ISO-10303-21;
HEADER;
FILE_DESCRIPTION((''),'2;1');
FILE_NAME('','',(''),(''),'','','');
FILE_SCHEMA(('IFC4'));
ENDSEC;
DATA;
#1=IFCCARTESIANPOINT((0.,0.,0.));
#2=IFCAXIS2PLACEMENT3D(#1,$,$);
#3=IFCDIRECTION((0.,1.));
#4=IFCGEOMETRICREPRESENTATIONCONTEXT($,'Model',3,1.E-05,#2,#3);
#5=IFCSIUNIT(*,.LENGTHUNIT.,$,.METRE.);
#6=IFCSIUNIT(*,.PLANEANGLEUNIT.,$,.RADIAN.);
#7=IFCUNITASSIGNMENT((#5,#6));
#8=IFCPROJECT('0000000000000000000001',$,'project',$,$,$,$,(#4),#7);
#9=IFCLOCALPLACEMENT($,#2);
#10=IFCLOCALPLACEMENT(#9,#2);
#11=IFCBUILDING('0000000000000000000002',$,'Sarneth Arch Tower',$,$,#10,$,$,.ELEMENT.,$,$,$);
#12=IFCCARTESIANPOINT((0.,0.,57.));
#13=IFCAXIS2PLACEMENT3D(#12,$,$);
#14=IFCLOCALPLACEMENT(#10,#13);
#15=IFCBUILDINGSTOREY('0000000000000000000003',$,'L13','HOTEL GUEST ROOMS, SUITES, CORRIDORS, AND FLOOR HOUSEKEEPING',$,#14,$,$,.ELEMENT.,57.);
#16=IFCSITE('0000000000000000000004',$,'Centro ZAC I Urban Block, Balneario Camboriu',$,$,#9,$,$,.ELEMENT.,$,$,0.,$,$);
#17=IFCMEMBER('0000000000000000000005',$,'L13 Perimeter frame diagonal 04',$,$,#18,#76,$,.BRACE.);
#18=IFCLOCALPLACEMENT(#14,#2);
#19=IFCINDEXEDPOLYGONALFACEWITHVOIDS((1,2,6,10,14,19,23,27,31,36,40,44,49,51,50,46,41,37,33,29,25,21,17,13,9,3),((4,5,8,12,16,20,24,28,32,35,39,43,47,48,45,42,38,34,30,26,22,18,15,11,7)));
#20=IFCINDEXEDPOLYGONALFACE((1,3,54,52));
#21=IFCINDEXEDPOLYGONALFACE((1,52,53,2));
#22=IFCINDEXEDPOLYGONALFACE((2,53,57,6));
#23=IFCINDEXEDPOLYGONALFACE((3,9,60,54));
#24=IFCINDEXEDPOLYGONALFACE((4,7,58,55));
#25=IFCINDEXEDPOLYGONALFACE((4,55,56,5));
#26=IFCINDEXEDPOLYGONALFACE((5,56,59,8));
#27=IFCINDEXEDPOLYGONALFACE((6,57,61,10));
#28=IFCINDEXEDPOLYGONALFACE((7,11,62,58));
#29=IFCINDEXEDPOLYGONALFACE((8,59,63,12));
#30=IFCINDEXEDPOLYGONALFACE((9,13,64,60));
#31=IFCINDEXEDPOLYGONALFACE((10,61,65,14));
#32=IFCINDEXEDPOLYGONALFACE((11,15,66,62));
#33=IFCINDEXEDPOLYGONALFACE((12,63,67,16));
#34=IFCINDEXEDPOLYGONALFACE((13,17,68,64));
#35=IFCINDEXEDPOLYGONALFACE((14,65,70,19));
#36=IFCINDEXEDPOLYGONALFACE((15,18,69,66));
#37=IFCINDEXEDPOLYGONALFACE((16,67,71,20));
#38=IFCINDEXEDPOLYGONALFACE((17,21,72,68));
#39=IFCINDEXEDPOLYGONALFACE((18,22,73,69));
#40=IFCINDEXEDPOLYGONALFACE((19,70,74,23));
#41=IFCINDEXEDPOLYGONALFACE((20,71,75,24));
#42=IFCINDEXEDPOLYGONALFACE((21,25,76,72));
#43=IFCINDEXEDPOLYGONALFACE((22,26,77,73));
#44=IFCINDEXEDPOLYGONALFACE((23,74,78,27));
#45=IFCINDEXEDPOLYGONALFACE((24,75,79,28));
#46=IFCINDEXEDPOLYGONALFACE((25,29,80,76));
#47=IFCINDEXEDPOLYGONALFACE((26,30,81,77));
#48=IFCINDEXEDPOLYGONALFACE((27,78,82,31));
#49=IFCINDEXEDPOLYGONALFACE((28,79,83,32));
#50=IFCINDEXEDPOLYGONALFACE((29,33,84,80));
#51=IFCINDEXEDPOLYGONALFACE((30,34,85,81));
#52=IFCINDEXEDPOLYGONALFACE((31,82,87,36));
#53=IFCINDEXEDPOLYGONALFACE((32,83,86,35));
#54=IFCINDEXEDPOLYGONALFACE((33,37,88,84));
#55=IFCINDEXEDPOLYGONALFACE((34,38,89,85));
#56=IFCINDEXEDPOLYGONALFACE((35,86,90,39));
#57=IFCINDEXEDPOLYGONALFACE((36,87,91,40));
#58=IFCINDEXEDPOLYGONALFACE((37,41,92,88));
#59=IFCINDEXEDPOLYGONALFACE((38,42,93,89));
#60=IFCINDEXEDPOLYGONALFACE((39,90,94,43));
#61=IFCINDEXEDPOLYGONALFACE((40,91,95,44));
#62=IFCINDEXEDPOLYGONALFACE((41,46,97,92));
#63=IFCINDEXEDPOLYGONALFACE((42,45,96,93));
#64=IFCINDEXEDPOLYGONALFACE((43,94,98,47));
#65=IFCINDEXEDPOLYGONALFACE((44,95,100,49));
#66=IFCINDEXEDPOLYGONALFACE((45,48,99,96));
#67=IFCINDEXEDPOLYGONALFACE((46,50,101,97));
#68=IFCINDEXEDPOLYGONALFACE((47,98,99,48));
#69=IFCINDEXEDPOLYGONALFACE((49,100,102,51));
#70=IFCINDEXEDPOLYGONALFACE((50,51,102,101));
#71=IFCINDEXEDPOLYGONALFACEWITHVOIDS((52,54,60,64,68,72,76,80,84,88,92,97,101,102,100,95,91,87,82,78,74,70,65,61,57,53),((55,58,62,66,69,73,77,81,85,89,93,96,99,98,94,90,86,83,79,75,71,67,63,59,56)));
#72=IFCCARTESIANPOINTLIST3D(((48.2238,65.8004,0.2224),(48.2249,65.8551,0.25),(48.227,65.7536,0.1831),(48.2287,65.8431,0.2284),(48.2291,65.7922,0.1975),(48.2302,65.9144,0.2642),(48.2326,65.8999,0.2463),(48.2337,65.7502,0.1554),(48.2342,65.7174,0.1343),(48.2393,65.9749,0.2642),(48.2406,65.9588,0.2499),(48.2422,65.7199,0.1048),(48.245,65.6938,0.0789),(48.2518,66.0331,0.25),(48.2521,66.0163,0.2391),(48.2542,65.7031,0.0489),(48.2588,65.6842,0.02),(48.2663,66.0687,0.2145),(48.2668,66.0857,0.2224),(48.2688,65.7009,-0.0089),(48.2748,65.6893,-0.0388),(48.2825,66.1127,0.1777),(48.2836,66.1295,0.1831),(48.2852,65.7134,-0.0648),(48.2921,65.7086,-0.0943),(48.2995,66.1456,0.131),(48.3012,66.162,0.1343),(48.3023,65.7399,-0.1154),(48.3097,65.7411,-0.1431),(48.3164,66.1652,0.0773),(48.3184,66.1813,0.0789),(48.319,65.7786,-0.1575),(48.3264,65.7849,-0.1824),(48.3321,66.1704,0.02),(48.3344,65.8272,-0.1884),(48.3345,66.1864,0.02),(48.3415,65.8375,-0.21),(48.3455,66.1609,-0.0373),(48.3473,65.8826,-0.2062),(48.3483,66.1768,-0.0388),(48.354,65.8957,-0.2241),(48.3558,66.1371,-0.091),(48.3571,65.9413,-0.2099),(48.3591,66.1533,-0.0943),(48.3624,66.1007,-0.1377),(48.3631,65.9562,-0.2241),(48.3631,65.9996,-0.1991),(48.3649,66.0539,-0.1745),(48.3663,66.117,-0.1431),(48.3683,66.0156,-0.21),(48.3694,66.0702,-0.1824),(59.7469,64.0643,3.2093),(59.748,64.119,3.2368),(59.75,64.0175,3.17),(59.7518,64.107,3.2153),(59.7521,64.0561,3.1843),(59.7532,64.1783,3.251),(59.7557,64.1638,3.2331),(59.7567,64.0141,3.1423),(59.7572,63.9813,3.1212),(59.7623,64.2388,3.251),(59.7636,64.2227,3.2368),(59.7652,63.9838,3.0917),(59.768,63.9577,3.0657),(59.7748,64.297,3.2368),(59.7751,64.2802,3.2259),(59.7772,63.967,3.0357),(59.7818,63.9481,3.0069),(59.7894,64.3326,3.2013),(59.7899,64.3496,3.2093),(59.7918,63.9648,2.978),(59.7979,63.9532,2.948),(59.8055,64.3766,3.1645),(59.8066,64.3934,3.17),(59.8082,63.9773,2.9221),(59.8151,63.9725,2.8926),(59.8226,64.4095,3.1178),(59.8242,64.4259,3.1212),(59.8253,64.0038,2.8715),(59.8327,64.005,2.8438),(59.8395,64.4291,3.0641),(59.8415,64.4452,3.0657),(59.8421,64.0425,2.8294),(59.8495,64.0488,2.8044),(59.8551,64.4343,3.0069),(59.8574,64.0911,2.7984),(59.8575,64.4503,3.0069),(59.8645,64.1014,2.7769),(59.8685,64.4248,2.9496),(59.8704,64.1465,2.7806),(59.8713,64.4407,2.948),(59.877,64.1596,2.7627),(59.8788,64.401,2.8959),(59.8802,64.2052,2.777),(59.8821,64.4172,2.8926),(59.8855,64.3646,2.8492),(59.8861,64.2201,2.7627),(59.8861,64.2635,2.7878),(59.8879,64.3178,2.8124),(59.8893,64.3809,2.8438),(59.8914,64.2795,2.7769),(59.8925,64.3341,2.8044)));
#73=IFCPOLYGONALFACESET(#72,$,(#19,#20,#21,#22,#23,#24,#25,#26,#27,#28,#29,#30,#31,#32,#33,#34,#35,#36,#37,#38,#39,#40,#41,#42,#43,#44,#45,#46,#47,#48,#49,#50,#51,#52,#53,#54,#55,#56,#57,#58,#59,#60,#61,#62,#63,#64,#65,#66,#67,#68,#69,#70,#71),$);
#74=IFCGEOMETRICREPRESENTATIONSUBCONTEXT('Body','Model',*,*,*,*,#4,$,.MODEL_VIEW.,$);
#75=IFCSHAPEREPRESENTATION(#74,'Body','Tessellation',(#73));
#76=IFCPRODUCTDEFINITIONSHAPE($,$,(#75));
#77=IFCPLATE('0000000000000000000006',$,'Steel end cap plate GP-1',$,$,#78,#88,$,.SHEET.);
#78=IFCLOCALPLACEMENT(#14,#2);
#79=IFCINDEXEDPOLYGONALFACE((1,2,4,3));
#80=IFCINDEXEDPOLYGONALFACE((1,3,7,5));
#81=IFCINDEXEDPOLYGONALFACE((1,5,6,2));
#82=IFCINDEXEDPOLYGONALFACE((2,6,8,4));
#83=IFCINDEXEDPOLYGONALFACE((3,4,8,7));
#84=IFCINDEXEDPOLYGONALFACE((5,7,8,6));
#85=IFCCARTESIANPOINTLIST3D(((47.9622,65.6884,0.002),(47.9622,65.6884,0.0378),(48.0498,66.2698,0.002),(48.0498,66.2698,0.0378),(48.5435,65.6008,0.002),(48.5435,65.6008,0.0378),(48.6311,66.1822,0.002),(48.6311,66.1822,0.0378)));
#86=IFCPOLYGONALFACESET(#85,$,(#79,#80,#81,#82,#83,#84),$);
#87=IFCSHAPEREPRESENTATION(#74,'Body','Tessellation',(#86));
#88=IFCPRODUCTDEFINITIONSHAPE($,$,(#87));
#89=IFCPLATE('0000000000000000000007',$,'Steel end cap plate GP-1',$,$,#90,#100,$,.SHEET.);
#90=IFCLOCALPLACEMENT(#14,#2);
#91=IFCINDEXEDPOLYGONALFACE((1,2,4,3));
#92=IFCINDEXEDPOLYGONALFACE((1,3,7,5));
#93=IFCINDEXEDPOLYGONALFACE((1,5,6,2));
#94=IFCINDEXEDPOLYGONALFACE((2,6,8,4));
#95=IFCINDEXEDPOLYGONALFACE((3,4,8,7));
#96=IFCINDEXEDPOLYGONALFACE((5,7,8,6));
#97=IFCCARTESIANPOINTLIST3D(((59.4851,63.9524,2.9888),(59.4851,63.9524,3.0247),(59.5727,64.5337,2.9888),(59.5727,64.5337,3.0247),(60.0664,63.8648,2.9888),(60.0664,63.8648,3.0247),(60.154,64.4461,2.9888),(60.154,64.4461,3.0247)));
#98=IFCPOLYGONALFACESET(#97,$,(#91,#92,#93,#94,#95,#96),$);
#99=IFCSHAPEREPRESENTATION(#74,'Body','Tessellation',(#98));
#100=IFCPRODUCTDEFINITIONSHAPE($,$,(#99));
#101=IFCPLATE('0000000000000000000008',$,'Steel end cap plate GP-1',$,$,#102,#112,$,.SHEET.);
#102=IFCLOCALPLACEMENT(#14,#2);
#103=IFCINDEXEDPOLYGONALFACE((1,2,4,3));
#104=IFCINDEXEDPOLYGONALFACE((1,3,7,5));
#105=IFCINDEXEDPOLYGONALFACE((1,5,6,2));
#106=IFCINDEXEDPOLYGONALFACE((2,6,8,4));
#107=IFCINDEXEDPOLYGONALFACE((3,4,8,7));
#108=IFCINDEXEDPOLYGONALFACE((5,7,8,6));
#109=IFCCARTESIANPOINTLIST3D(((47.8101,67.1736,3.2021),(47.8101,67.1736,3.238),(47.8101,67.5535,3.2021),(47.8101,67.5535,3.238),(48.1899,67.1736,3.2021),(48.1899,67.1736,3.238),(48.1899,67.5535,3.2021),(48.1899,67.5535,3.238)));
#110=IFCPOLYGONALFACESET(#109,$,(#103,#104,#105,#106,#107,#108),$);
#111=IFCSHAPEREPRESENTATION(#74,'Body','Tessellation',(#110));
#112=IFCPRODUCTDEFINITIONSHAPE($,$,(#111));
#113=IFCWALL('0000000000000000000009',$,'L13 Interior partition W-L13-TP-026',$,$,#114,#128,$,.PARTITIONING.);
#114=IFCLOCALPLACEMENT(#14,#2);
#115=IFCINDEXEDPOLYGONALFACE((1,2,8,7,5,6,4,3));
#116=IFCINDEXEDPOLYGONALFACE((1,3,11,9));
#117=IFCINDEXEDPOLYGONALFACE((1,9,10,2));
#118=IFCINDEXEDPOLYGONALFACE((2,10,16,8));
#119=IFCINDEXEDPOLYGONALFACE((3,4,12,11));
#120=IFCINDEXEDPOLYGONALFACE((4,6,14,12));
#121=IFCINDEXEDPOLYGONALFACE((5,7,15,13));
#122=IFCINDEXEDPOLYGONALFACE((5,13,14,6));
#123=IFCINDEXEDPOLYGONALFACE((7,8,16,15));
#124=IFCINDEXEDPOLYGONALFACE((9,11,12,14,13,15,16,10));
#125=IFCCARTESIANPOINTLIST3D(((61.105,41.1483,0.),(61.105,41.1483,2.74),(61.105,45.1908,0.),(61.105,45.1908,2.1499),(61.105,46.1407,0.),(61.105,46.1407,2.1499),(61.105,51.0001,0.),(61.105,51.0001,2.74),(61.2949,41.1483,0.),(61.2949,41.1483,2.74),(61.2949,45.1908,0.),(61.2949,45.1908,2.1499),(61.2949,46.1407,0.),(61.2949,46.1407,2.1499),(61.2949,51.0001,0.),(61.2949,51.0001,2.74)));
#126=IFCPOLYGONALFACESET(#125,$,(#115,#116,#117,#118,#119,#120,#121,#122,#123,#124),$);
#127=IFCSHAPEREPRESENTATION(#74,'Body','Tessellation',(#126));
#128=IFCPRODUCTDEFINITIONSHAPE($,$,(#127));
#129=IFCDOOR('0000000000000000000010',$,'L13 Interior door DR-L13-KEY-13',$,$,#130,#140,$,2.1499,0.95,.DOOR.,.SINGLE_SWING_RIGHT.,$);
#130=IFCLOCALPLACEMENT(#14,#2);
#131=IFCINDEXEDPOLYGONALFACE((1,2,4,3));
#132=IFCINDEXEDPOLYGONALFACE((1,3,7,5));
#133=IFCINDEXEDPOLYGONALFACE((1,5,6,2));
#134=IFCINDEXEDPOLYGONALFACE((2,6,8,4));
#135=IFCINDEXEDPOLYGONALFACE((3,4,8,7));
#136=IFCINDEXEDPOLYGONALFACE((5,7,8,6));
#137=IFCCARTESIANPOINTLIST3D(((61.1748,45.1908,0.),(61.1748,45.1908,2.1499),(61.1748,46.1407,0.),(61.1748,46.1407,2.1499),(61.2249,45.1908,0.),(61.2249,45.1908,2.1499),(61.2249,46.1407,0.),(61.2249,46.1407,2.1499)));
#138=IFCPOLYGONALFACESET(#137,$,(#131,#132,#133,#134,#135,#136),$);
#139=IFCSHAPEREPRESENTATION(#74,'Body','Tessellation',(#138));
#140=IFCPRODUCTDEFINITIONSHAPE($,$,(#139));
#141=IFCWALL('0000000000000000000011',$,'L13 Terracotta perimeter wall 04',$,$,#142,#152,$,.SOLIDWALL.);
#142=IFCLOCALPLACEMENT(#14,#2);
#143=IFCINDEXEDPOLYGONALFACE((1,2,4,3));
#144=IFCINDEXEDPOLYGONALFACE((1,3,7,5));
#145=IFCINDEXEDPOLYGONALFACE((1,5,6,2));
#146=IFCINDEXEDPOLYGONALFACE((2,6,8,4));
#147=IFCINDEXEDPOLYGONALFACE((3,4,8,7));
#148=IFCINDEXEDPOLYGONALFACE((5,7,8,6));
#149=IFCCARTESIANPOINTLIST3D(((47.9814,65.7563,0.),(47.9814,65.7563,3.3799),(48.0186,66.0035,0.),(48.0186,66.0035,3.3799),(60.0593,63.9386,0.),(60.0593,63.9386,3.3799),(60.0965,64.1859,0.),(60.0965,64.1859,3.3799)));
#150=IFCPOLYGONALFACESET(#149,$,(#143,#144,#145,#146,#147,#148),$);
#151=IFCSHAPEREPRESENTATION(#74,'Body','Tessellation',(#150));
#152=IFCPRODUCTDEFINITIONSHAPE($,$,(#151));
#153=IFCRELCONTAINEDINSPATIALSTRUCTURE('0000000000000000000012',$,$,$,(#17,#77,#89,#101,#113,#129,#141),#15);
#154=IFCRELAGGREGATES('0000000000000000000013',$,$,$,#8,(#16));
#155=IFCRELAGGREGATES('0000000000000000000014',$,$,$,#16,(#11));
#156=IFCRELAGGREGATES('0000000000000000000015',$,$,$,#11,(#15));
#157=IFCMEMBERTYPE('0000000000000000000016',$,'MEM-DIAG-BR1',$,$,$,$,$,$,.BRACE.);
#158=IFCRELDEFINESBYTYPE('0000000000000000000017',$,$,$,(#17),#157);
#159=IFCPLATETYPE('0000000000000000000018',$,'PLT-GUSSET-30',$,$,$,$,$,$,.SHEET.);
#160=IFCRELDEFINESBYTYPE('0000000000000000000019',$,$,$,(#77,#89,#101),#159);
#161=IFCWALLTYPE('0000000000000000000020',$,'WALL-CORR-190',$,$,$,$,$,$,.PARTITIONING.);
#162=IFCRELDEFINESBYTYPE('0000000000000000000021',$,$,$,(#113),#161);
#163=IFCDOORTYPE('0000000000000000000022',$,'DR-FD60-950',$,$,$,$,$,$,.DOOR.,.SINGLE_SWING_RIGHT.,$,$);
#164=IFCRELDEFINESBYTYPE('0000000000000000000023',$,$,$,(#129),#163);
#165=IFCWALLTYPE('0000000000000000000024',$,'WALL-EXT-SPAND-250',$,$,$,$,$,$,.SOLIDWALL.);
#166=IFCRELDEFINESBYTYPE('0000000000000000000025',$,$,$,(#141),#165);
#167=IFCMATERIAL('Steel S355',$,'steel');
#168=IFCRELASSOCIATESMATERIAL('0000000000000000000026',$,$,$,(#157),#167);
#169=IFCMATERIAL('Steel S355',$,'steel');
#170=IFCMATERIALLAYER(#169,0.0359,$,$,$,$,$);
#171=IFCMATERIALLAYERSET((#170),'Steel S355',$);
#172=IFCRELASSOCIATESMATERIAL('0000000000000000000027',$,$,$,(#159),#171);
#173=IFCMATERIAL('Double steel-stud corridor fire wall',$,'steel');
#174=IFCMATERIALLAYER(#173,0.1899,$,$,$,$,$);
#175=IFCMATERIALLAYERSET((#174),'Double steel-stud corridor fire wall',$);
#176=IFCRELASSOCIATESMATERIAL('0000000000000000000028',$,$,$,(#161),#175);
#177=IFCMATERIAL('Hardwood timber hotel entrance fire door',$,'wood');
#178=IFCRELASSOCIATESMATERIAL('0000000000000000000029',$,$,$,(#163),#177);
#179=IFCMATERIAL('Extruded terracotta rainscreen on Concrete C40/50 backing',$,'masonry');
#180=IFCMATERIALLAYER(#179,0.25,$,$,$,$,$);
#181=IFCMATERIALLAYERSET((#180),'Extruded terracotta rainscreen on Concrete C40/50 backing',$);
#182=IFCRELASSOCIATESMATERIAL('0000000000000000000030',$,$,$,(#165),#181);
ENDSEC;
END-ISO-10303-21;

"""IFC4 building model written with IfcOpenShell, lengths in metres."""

from ifc_helpers import new_model, si_unit, direction, frame, frame_2d, origin, origin_2d, place, context, subcontext, project, spatial, rectangle, hollow_circle, extrude, material, layer, layer_set, material_profile, profile_set, type_object, element, fill, save


model = new_model("IFC4")

# Units and contexts
model_context = context("Model", 3, precision=1e-05, world=origin(), true_north=direction((0.0, 1.0)))
body_context = subcontext(model_context, "Body", "Model", "MODEL_VIEW")
ifc_project = project(units=[si_unit("LENGTHUNIT", "METRE"), si_unit("PLANEANGLEUNIT", "RADIAN")], contexts=[model_context])

# Site, building, storey
site_placement = place(None, origin())
site = spatial("IfcSite", under=ifc_project, at=site_placement, Name="Centro ZAC I Urban Block, Balneario Camboriu", CompositionType="ELEMENT", RefElevation=0.0)
building_placement = place(site_placement, origin())
building = spatial("IfcBuilding", under=site, at=building_placement, Name="Sarneth Arch Tower", CompositionType="ELEMENT")
storey_placement = place(building_placement, frame((0.0, 0.0, 57.0)))
storey = spatial("IfcBuildingStorey", under=building, at=storey_placement, Name="L13", Description="HOTEL GUEST ROOMS, SUITES, CORRIDORS, AND FLOOR HOUSEKEEPING", CompositionType="ELEMENT", Elevation=57.0)

# Member
ifc_material_1 = material(Name="Steel S355", Category="steel")
ifc_material_profile_1 = material_profile(ifc_material_1, hollow_circle(Radius=0.2539, WallThickness=0.0161, at=origin_2d()), Name="CHS508x16")
ifc_profile_set_1 = profile_set([ifc_material_profile_1], Name="Steel S355")
member_type_1 = type_object("IfcMemberType", Name="MEM-DIAG-BR1", PredefinedType="BRACE", material=ifc_profile_set_1)
member_1_placement = place(storey_placement, frame((48.2966, 65.9353, 0.02), z_axis=(0.957876, -0.144317, 0.248287), x_axis=(0.148982, 0.98884, 0.0)))
element("IfcMember", 1, at=member_1_placement, inside=storey, type_object=member_type_1, Name="L13 Perimeter frame diagonal 04", PredefinedType="BRACE", context=body_context, shape_type="SweptSolid", body=[
    extrude(hollow_circle(Radius=0.2539, WallThickness=0.0161, at=origin_2d()), origin(), (0.0, 0.0, 1.0), 12.0298),
])

# Plates
ifc_material_2 = material(Name="Steel S355", Category="steel")
ifc_layer_1 = layer(ifc_material_2, 0.0359)
ifc_layer_set_1 = layer_set([ifc_layer_1], Name="Steel S355")
plate_type = type_object("IfcPlateType", Name="PLT-GUSSET-30", PredefinedType="SHEET", material=ifc_layer_set_1)
for number, where, z_axis, x_axis, name in (
    (2, (48.2966, 65.9353, 0.002), (0.0, 0.0, 1.0), (-0.988835, 0.149018, 0.0), "Steel end cap plate GP-1"),
    (3, (59.8196, 64.1992, 2.9888), (0.0, 0.0, 1.0), (-0.988835, 0.149018, 0.0), "Steel end cap plate GP-1"),
):
    element("IfcPlate", number, at=place(storey_placement, frame(where, z_axis=z_axis, x_axis=x_axis)), inside=storey, type_object=plate_type, Name=name, PredefinedType="SHEET", context=body_context, shape_type="SweptSolid", body=[
        extrude(rectangle(XDim=0.5879, YDim=0.5879, at=origin_2d()), origin(), (0.0, 0.0, 1.0), 0.0359),
    ])
plate_placement = place(storey_placement, frame((48.0, 67.3635, 3.2021), z_axis=(0.0, 0.0, 1.0), x_axis=(0.0, 1.0, 0.0)))
element("IfcPlate", 4, at=plate_placement, inside=storey, type_object=plate_type, Name="Steel end cap plate GP-1", PredefinedType="SHEET", context=body_context, shape_type="SweptSolid", body=[
    extrude(rectangle(XDim=0.3799, YDim=0.3799, at=origin_2d()), origin(), (0.0, 0.0, 1.0), 0.0359),
])

# Wall, opening, door
ifc_material_3 = material(Name="Double steel-stud corridor fire wall", Category="steel")
ifc_layer_2 = layer(ifc_material_3, 0.1899)
ifc_layer_set_2 = layer_set([ifc_layer_2], Name="Double steel-stud corridor fire wall")
wall_type_1 = type_object("IfcWallType", Name="WALL-CORR-190", PredefinedType="PARTITIONING", material=ifc_layer_set_2)
wall_1_placement = place(storey_placement, frame((61.2, 51.0, 0.0), z_axis=(0.0, 0.0, 1.0), x_axis=(0.0, -1.0, 0.0)))
wall_1 = element("IfcWall", 5, at=wall_1_placement, inside=storey, type_object=wall_type_1, Name="L13 Interior partition W-L13-TP-026", PredefinedType="PARTITIONING", context=body_context, shape_type="SweptSolid", body=[
    extrude(rectangle(XDim=9.8518, YDim=0.1899, at=frame_2d((4.9258, 0.0))), origin(), (0.0, 0.0, 1.0), 2.74),
])
opening_1_placement = place(wall_1_placement, frame((4.8591, 0.0, 0.0)))
opening_1 = element("IfcOpeningElement", 6, at=opening_1_placement, cuts=wall_1, PredefinedType="OPENING", context=body_context, shape_type="SweptSolid", body=[
    extrude(rectangle(XDim=0.95, YDim=2.1499, at=frame_2d((0.4751, 1.075))), frame((0.0, 0.105, 0.0), z_axis=(0.0, -1.0, 0.0), x_axis=(1.0, 0.0, 0.0)), (0.0, 0.0, 1.0), 0.21),
])
ifc_material_4 = material(Name="Hardwood timber hotel entrance fire door", Category="wood")
door_type_1 = type_object("IfcDoorType", Name="DR-FD60-950", OperationType="SINGLE_SWING_RIGHT", PredefinedType="DOOR", material=ifc_material_4)
door_1_placement = place(opening_1_placement, origin())
door_1 = element("IfcDoor", 7, at=door_1_placement, inside=storey, type_object=door_type_1, Name="L13 Interior door DR-L13-KEY-13", OperationType="SINGLE_SWING_RIGHT", OverallHeight=2.1499, OverallWidth=0.95, PredefinedType="DOOR", context=body_context, shape_type="SweptSolid", body=[
    extrude(rectangle(XDim=0.95, YDim=2.1499, at=frame_2d((0.4751, 1.075))), frame((0.0, 0.0249, 0.0), z_axis=(0.0, -1.0, 0.0), x_axis=(1.0, 0.0, 0.0)), (0.0, 0.0, 1.0), 0.05),
])
fill(opening_1, door_1)

# Wall
ifc_material_5 = material(Name="Extruded terracotta rainscreen on Concrete C40/50 backing", Category="masonry")
ifc_layer_3 = layer(ifc_material_5, 0.25)
ifc_layer_set_3 = layer_set([ifc_layer_3], Name="Extruded terracotta rainscreen on Concrete C40/50 backing")
wall_type_2 = type_object("IfcWallType", Name="WALL-EXT-SPAND-250", PredefinedType="SOLIDWALL", material=ifc_layer_set_3)
wall_2_placement = place(storey_placement, frame((60.0779, 64.0623, 0.0), z_axis=(0.0, 0.0, 1.0), x_axis=(-0.988865, 0.148816, 0.0)))
element("IfcWall", 8, at=wall_2_placement, inside=storey, type_object=wall_type_2, Name="L13 Terracotta perimeter wall 04", PredefinedType="SOLIDWALL", context=body_context, shape_type="SweptSolid", body=[
    extrude(rectangle(XDim=12.2139, YDim=0.25, at=frame_2d((6.1069, 0.0))), origin(), (0.0, 0.0, 1.0), 3.3799),
])

save(model, "model.ifc")
